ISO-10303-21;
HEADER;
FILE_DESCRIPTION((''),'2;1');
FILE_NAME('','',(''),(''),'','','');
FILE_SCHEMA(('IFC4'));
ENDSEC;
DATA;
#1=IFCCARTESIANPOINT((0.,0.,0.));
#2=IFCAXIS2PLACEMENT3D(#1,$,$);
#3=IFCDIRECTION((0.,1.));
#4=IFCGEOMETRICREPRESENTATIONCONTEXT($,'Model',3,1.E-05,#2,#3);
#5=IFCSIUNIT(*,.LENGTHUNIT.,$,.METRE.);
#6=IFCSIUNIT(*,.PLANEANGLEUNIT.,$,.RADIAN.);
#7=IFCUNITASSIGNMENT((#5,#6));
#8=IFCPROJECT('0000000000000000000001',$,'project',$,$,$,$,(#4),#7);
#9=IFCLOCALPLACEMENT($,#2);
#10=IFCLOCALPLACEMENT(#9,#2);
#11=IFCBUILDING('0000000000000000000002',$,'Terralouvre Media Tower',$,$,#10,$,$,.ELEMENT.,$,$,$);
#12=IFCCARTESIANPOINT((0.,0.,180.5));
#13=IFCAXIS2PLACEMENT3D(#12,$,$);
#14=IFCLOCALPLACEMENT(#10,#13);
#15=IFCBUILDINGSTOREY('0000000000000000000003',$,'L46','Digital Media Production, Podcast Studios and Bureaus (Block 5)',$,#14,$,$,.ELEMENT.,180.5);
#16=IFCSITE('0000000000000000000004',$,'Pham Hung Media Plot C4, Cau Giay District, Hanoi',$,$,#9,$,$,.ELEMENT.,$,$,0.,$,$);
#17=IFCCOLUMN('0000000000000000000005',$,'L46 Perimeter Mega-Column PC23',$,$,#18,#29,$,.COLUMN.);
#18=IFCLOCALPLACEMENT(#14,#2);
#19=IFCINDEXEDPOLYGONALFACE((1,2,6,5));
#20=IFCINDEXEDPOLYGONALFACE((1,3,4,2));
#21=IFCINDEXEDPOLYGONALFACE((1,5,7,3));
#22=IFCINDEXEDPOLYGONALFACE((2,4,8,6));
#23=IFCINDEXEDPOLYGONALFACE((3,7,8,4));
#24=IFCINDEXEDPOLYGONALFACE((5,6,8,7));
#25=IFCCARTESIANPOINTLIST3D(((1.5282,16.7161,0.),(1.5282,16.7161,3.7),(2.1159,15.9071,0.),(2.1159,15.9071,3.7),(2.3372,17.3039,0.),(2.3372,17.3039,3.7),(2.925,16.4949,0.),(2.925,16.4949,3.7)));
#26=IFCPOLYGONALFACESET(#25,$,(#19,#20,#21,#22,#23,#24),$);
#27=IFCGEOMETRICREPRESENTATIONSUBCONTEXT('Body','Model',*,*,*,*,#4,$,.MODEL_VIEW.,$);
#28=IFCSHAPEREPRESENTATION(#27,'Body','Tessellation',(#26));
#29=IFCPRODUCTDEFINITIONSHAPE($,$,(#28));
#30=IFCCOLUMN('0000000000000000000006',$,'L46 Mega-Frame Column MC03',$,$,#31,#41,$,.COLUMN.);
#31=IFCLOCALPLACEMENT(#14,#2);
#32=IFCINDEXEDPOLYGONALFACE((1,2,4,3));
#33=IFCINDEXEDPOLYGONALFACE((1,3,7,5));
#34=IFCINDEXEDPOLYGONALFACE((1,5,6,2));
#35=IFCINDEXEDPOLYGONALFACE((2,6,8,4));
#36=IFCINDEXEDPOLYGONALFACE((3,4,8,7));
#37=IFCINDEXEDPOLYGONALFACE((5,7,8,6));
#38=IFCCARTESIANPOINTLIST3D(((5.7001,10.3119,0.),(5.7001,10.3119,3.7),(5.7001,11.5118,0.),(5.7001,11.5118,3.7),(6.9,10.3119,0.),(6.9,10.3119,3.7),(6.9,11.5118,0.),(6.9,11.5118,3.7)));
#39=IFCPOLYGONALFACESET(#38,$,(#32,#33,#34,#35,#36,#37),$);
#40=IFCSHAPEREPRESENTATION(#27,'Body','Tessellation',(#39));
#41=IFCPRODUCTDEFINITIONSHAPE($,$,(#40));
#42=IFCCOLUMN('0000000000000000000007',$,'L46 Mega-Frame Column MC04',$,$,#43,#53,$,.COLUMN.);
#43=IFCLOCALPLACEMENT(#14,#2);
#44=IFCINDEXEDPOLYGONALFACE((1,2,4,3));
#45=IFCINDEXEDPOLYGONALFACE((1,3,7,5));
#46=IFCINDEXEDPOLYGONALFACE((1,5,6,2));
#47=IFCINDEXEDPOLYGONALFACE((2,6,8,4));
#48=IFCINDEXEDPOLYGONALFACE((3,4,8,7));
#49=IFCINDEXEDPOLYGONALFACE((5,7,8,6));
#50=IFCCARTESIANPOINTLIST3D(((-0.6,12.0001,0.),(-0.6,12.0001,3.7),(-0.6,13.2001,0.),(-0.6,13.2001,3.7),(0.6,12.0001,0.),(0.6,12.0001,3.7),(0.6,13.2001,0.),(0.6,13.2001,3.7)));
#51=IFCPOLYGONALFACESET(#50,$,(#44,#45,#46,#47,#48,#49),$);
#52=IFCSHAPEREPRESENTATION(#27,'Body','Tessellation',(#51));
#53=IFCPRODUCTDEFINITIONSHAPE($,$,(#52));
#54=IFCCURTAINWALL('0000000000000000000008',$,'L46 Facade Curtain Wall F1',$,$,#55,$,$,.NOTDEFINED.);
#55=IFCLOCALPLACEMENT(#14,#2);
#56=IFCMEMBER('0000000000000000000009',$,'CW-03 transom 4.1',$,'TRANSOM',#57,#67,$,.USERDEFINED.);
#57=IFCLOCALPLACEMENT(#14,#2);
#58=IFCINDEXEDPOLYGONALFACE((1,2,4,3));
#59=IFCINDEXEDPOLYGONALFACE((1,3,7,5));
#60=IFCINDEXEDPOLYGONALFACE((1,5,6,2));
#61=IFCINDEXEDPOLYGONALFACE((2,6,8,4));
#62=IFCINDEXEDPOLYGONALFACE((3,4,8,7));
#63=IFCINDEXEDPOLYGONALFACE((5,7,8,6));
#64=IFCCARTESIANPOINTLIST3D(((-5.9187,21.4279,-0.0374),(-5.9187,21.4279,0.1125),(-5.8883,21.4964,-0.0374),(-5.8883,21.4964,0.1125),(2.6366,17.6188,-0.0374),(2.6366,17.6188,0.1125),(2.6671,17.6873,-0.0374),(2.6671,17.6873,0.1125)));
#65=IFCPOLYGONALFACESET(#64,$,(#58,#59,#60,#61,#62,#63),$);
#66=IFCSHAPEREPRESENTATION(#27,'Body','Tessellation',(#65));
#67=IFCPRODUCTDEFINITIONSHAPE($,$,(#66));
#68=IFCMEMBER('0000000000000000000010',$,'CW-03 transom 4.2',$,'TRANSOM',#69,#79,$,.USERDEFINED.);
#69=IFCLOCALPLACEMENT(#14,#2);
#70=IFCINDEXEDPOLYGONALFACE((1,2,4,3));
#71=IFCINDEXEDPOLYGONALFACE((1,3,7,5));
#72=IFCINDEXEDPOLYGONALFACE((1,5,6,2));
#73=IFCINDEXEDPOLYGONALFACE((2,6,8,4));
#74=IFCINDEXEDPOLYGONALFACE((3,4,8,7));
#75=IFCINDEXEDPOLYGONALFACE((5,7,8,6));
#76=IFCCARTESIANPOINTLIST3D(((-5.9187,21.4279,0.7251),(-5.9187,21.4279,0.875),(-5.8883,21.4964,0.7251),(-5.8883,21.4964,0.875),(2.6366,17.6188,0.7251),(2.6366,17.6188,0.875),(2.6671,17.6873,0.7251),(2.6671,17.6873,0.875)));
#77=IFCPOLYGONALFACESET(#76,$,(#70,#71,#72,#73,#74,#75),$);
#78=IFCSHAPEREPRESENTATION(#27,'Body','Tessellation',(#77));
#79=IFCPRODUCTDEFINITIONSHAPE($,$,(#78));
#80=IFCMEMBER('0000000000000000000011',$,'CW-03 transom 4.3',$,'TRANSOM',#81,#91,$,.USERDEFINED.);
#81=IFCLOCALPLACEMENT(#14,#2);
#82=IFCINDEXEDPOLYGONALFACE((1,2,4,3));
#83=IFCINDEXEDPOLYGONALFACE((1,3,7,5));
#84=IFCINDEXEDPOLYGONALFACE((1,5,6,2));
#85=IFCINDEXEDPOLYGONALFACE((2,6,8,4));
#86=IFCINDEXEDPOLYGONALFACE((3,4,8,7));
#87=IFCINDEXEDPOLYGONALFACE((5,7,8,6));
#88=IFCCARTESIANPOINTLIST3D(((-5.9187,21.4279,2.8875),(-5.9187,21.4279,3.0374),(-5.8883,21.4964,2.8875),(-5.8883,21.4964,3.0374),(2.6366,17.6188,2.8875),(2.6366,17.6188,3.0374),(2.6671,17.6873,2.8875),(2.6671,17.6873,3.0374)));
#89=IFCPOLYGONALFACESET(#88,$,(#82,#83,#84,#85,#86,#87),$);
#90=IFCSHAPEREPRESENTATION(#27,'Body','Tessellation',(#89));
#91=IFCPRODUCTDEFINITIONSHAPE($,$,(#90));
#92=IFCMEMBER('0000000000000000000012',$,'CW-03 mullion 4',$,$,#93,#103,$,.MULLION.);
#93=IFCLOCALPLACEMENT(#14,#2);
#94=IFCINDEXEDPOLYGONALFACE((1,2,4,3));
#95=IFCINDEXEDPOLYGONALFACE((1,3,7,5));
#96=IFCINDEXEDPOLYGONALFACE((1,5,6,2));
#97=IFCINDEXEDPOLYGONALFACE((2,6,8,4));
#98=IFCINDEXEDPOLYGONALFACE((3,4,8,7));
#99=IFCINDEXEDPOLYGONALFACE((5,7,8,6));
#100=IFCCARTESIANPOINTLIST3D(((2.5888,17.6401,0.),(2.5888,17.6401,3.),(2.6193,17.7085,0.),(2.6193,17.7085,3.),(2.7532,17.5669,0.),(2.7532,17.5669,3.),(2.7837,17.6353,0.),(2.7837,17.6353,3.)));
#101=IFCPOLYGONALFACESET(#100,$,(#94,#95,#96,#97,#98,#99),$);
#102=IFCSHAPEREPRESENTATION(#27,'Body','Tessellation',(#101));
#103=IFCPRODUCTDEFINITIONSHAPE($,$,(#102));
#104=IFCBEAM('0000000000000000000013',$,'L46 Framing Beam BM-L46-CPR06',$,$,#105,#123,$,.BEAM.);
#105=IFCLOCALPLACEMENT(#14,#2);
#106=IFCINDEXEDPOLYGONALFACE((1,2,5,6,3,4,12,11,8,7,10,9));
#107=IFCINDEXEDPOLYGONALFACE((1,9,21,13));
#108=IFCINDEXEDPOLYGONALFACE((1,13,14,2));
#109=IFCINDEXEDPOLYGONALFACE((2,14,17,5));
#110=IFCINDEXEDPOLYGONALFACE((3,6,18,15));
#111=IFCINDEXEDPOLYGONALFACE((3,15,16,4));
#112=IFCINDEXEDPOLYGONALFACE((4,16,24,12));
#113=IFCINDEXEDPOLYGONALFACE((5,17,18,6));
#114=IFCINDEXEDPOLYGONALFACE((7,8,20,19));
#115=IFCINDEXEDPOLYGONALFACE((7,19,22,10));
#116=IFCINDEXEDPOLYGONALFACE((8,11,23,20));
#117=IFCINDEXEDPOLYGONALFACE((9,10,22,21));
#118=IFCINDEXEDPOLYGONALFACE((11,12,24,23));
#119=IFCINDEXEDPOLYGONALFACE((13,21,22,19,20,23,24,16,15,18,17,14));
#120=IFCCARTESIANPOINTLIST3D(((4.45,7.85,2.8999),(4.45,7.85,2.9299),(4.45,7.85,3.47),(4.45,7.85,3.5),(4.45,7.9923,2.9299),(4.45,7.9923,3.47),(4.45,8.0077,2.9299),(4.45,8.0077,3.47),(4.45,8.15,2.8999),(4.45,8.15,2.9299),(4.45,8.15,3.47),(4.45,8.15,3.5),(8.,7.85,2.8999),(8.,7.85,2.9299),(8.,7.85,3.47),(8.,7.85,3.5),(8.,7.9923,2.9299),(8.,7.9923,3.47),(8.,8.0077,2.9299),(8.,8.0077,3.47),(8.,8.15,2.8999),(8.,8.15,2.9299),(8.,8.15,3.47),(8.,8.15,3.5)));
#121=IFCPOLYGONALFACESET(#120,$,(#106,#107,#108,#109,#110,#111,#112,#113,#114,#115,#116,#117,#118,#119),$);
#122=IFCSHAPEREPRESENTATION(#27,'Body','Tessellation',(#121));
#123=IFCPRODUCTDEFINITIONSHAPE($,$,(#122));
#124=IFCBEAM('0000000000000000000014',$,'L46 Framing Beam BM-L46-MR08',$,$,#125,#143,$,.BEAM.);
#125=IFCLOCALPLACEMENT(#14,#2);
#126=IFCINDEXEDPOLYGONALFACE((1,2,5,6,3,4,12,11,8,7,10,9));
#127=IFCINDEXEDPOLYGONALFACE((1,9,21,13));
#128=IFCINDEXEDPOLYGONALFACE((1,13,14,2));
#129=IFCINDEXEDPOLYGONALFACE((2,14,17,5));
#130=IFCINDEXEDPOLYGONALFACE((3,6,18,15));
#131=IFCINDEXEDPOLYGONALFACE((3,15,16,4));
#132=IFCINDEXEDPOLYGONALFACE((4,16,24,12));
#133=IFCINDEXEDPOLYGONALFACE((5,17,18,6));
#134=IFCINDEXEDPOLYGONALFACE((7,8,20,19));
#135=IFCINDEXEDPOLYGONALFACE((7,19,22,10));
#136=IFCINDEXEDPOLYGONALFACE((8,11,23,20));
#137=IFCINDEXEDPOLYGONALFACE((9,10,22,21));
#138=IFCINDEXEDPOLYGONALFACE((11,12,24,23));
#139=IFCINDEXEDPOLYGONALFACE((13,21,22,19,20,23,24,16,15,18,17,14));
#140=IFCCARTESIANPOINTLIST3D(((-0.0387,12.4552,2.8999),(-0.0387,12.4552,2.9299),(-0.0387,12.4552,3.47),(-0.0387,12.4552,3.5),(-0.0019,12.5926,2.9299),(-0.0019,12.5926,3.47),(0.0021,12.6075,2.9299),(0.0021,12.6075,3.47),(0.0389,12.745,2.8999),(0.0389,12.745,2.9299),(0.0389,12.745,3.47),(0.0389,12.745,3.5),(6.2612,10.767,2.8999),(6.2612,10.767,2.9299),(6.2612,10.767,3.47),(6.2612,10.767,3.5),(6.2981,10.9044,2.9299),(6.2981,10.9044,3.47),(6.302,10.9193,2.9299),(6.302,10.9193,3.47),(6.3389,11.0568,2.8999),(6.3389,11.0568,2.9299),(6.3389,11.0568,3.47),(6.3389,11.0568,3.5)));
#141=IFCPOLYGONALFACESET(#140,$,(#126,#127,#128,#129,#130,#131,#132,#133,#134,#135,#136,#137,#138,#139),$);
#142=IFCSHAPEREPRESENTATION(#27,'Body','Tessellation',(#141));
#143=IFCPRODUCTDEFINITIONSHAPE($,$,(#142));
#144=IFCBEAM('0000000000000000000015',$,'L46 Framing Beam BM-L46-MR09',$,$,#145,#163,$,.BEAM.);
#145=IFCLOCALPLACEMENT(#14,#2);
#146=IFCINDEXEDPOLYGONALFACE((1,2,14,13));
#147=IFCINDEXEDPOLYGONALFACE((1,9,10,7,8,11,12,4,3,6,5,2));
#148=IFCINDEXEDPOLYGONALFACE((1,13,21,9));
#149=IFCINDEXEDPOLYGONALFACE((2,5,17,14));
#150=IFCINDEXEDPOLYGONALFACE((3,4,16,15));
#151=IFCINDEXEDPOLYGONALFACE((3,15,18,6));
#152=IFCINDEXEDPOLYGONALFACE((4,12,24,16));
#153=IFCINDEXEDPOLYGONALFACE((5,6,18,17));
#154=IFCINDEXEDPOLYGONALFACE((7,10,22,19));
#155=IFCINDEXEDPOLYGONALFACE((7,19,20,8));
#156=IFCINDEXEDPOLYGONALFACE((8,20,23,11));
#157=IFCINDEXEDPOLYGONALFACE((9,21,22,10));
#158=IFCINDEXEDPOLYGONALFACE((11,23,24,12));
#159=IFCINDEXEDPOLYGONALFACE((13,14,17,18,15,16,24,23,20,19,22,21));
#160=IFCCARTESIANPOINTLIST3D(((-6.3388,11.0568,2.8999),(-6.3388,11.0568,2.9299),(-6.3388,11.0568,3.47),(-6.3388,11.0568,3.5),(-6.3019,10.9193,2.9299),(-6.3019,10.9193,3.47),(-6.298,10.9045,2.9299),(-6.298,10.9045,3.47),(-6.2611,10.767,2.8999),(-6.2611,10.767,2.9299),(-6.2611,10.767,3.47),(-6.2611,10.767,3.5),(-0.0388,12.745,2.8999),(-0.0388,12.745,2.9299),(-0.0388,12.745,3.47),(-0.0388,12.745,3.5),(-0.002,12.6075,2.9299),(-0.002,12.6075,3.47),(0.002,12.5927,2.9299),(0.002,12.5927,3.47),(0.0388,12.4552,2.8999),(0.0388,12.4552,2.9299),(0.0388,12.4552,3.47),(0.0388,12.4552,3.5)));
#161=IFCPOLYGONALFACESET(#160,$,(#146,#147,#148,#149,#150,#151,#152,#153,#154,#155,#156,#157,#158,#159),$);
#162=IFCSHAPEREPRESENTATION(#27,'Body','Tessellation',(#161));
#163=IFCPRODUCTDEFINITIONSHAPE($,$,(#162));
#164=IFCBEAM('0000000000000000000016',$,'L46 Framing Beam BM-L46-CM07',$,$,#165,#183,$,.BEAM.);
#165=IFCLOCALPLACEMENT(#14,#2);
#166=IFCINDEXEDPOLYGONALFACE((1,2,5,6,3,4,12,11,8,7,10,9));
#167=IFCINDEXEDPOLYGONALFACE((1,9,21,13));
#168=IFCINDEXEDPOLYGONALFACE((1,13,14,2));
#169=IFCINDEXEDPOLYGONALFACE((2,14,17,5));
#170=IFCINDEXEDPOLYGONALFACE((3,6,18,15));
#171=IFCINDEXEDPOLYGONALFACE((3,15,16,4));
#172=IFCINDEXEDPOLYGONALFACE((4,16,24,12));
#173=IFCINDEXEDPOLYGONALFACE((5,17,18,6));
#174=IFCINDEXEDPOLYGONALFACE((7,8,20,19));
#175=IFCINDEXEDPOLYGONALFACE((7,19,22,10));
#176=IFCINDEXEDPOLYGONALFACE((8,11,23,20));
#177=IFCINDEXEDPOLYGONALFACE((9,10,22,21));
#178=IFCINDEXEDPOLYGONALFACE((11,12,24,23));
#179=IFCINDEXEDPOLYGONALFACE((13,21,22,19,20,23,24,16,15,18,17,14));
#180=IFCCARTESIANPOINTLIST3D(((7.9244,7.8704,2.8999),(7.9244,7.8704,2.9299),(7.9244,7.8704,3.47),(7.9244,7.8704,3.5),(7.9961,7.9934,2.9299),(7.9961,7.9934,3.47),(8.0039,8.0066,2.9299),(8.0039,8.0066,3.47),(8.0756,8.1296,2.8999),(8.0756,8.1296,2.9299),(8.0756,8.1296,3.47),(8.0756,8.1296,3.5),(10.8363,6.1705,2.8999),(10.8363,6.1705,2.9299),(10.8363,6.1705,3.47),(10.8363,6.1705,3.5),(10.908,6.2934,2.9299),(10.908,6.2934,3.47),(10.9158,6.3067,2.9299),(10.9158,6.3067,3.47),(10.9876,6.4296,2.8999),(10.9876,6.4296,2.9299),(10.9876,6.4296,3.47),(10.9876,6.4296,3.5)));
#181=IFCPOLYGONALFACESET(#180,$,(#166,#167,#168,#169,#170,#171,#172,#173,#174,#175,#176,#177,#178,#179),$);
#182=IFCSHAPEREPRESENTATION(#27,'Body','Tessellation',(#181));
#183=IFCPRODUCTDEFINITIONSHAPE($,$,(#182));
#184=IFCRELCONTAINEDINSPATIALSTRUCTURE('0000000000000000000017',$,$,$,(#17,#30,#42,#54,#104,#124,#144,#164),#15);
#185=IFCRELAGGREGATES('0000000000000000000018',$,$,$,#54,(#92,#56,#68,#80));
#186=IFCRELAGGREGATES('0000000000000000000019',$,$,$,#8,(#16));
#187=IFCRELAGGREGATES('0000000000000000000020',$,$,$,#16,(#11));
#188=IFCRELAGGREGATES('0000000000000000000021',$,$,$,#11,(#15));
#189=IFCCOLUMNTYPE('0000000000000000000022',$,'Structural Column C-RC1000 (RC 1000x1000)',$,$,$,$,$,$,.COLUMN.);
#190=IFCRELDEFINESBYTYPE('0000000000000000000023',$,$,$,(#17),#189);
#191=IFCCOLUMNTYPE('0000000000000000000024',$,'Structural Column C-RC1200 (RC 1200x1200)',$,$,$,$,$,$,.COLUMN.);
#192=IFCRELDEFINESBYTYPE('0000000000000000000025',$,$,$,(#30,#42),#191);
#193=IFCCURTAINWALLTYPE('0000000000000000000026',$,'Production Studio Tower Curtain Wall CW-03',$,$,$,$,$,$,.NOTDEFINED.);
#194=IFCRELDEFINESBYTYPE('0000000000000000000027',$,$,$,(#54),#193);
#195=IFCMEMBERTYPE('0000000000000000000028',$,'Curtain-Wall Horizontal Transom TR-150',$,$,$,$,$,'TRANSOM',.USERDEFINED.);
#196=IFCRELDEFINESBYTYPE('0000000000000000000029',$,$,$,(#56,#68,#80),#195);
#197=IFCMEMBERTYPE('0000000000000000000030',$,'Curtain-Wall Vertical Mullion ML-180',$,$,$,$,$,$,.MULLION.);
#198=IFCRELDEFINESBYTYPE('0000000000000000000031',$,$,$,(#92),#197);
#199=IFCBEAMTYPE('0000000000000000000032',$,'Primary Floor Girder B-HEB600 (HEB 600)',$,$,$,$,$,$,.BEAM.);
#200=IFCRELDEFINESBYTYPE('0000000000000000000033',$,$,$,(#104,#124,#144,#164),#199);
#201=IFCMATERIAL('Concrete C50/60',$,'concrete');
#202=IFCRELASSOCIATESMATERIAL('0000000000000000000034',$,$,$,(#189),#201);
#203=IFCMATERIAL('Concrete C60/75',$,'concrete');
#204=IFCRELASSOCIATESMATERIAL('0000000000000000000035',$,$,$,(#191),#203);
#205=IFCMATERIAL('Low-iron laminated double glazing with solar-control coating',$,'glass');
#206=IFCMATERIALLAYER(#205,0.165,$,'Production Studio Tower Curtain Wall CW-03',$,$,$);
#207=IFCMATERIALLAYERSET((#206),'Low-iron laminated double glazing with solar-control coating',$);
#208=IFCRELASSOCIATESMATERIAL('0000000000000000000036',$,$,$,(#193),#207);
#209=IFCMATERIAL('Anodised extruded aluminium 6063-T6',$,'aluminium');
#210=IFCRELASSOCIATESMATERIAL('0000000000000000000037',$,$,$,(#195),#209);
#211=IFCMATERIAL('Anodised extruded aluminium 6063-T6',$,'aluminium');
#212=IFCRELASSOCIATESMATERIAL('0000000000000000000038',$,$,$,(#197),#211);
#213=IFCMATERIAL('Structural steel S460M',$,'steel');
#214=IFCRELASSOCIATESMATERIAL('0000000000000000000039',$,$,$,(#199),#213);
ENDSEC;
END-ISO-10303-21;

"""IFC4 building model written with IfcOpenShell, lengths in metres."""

from ifc_helpers import new_model, si_unit, direction, frame, origin, origin_2d, place, context, subcontext, project, spatial, rectangle, i_section, extrude, material, layer, layer_set, material_profile, profile_set, type_object, element, aggregate, save


model = new_model("IFC4")

# Units and contexts
model_context = context("Model", 3, precision=1e-05, world=origin(), true_north=direction((0.0, 1.0)))
body_context = subcontext(model_context, "Body", "Model", "MODEL_VIEW")
ifc_project = project(units=[si_unit("LENGTHUNIT", "METRE"), si_unit("PLANEANGLEUNIT", "RADIAN")], contexts=[model_context])

# Site, building, storey
site_placement = place(None, origin())
site = spatial("IfcSite", under=ifc_project, at=site_placement, Name="Pham Hung Media Plot C4, Cau Giay District, Hanoi", CompositionType="ELEMENT", RefElevation=0.0)
building_placement = place(site_placement, origin())
building = spatial("IfcBuilding", under=site, at=building_placement, Name="Terralouvre Media Tower", CompositionType="ELEMENT")
storey_placement = place(building_placement, frame((0.0, 0.0, 180.5)))
storey = spatial("IfcBuildingStorey", under=building, at=storey_placement, Name="L46", Description="Digital Media Production, Podcast Studios and Bureaus (Block 5)", CompositionType="ELEMENT", Elevation=180.5)

# Columns
ifc_material_1 = material(Name="Concrete C50/60", Category="concrete")
ifc_material_profile_1 = material_profile(ifc_material_1, rectangle(XDim=1.0, YDim=1.0, at=origin_2d()), Name="RC 1000x1000")
ifc_profile_set_1 = profile_set([ifc_material_profile_1], Name="Concrete C50/60")
column_type_1 = type_object("IfcColumnType", Name="Structural Column C-RC1000 (RC 1000x1000)", PredefinedType="COLUMN", material=ifc_profile_set_1)
column_placement = place(storey_placement, frame((2.2266, 16.6055, 0.0), z_axis=(0.0, 0.0, 1.0), x_axis=(0.809017, 0.587785, 0.0)))
element("IfcColumn", 1, at=column_placement, inside=storey, type_object=column_type_1, Name="L46 Perimeter Mega-Column PC23", PredefinedType="COLUMN", context=body_context, shape_type="SweptSolid", body=[
    extrude(rectangle(XDim=1.0, YDim=1.0, at=origin_2d()), origin(), (0.0, 0.0, 1.0), 3.7),
])
ifc_material_2 = material(Name="Concrete C60/75", Category="concrete")
ifc_material_profile_2 = material_profile(ifc_material_2, rectangle(XDim=1.2, YDim=1.2, at=origin_2d()), Name="RC 1200x1200")
ifc_profile_set_2 = profile_set([ifc_material_profile_2], Name="Concrete C60/75")
column_type_2 = type_object("IfcColumnType", Name="Structural Column C-RC1200 (RC 1200x1200)", PredefinedType="COLUMN", material=ifc_profile_set_2)
for number, where, z_axis, x_axis, name in (
    (2, (6.3, 10.9119, 0.0), (0.0, 0.0, 1.0), (1.0, 0.0, 0.0), "L46 Mega-Frame Column MC03"),
    (3, (0.0, 12.6001, 0.0), (0.0, 0.0, 1.0), (1.0, 0.0, 0.0), "L46 Mega-Frame Column MC04"),
):
    element("IfcColumn", number, at=place(storey_placement, frame(where, z_axis=z_axis, x_axis=x_axis)), inside=storey, type_object=column_type_2, Name=name, PredefinedType="COLUMN", context=body_context, shape_type="SweptSolid", body=[
        extrude(rectangle(XDim=1.2, YDim=1.2, at=origin_2d()), origin(), (0.0, 0.0, 1.0), 3.7),
    ])

# Curtain wall, members
ifc_material_3 = material(Name="Low-iron laminated double glazing with solar-control coating", Category="glass")
ifc_layer_1 = layer(ifc_material_3, 0.165, Name="Production Studio Tower Curtain Wall CW-03")
ifc_layer_set_1 = layer_set([ifc_layer_1], Name="Low-iron laminated double glazing with solar-control coating")
curtain_wall_type = type_object("IfcCurtainWallType", Name="Production Studio Tower Curtain Wall CW-03", PredefinedType="NOTDEFINED", material=ifc_layer_set_1)
curtain_wall_placement = place(storey_placement, origin())
curtain_wall = element("IfcCurtainWall", 4, at=curtain_wall_placement, inside=storey, type_object=curtain_wall_type, Name="L46 Facade Curtain Wall F1", PredefinedType="NOTDEFINED")
ifc_material_4 = material(Name="Anodised extruded aluminium 6063-T6", Category="aluminium")
ifc_material_profile_3 = material_profile(ifc_material_4, rectangle(XDim=0.075, YDim=0.1499, at=origin_2d()), Name="ALU 75x150")
ifc_profile_set_3 = profile_set([ifc_material_profile_3], Name="Anodised extruded aluminium 6063-T6")
member_type_1 = type_object("IfcMemberType", Name="Curtain-Wall Horizontal Transom TR-150", ElementType="TRANSOM", PredefinedType="USERDEFINED", material=ifc_profile_set_3)
member_1_placement = place(storey_placement, frame((2.6519, 17.6531, 0.0376), z_axis=(-0.913547, 0.406733, 0.0), x_axis=(-0.406733, -0.913547, 0.0)))
member_1 = element("IfcMember", 5, at=member_1_placement, type_object=member_type_1, Name="CW-03 transom 4.1", ObjectType="TRANSOM", PredefinedType="USERDEFINED", context=body_context, shape_type="SweptSolid", body=[
    extrude(rectangle(XDim=0.075, YDim=0.1499, at=origin_2d()), origin(), (0.0, 0.0, 1.0), 9.365),
])
member_2_placement = place(storey_placement, frame((2.6519, 17.6531, 0.8), z_axis=(-0.913547, 0.406733, 0.0), x_axis=(-0.406733, -0.913547, 0.0)))
member_2 = element("IfcMember", 6, at=member_2_placement, type_object=member_type_1, Name="CW-03 transom 4.2", ObjectType="TRANSOM", PredefinedType="USERDEFINED", context=body_context, shape_type="SweptSolid", body=[
    extrude(rectangle(XDim=0.075, YDim=0.1499, at=origin_2d()), origin(), (0.0, 0.0, 1.0), 9.365),
])
member_3_placement = place(storey_placement, frame((2.6519, 17.6531, 2.9624), z_axis=(-0.913547, 0.406733, 0.0), x_axis=(-0.406733, -0.913547, 0.0)))
member_3 = element("IfcMember", 7, at=member_3_placement, type_object=member_type_1, Name="CW-03 transom 4.3", ObjectType="TRANSOM", PredefinedType="USERDEFINED", context=body_context, shape_type="SweptSolid", body=[
    extrude(rectangle(XDim=0.075, YDim=0.1499, at=origin_2d()), origin(), (0.0, 0.0, 1.0), 9.365),
])
ifc_material_5 = material(Name="Anodised extruded aluminium 6063-T6", Category="aluminium")
ifc_material_profile_4 = material_profile(ifc_material_5, rectangle(XDim=0.075, YDim=0.1799, at=origin_2d()), Name="ALU 75x180")
ifc_profile_set_4 = profile_set([ifc_material_profile_4], Name="Anodised extruded aluminium 6063-T6")
member_type_2 = type_object("IfcMemberType", Name="Curtain-Wall Vertical Mullion ML-180", PredefinedType="MULLION", material=ifc_profile_set_4)
member_4_placement = place(storey_placement, frame((2.6863, 17.6377, 0.0), z_axis=(0.0, 0.0, 1.0), x_axis=(-0.406737, -0.913545, 0.0)))
member_4 = element("IfcMember", 8, at=member_4_placement, type_object=member_type_2, Name="CW-03 mullion 4", PredefinedType="MULLION", context=body_context, shape_type="SweptSolid", body=[
    extrude(rectangle(XDim=0.075, YDim=0.1799, at=origin_2d()), origin(), (0.0, 0.0, 1.0), 3.0),
])

# Beams
ifc_material_6 = material(Name="Structural steel S460M", Category="steel")
ifc_material_profile_5 = material_profile(ifc_material_6, i_section(OverallWidth=0.3, OverallDepth=0.6001, WebThickness=0.0154, FlangeThickness=0.03, at=origin_2d()), Name="HEB 600")
ifc_profile_set_5 = profile_set([ifc_material_profile_5], Name="Structural steel S460M")
beam_type_1 = type_object("IfcBeamType", Name="Primary Floor Girder B-HEB600 (HEB 600)", PredefinedType="BEAM", material=ifc_profile_set_5)
beam_1_placement = place(storey_placement, frame((8.0, 8.0, 3.2), z_axis=(-1.0, 0.0, 0.0), x_axis=(0.0, -1.0, 0.0)))
element("IfcBeam", 9, at=beam_1_placement, inside=storey, type_object=beam_type_1, Name="L46 Framing Beam BM-L46-CPR06", PredefinedType="BEAM", context=body_context, shape_type="SweptSolid", body=[
    extrude(i_section(OverallWidth=0.3, OverallDepth=0.6001, WebThickness=0.0154, FlangeThickness=0.03, at=origin_2d()), origin(), (0.0, 0.0, 1.0), 3.55),
])
for number, where, z_axis, x_axis, name in (
    (10, (6.3, 10.9119, 3.2), (-0.96592, 0.258839, 0.0), (-0.258839, -0.96592, 0.0), "L46 Framing Beam BM-L46-MR08"),
    (11, (0.0, 12.6001, 3.2), (-0.96592, -0.258839, 0.0), (0.258839, -0.96592, 0.0), "L46 Framing Beam BM-L46-MR09"),
):
    element("IfcBeam", number, at=place(storey_placement, frame(where, z_axis=z_axis, x_axis=x_axis)), inside=storey, type_object=beam_type_1, Name=name, PredefinedType="BEAM", context=body_context, shape_type="SweptSolid", body=[
        extrude(i_section(OverallWidth=0.3, OverallDepth=0.6001, WebThickness=0.0154, FlangeThickness=0.03, at=origin_2d()), origin(), (0.0, 0.0, 1.0), 6.5222),
    ])
beam_2_placement = place(storey_placement, frame((8.0, 8.0, 3.2), z_axis=(0.863603, -0.504173, 0.0), x_axis=(0.504173, 0.863603, 0.0)))
element("IfcBeam", 12, at=beam_2_placement, inside=storey, type_object=beam_type_1, Name="L46 Framing Beam BM-L46-CM07", PredefinedType="BEAM", context=body_context, shape_type="SweptSolid", body=[
    extrude(i_section(OverallWidth=0.3, OverallDepth=0.6001, WebThickness=0.0154, FlangeThickness=0.03, at=origin_2d()), origin(), (0.0, 0.0, 1.0), 3.3718),
])

aggregate(curtain_wall, [member_4, member_1, member_2, member_3])

save(model, "model.ifc")
